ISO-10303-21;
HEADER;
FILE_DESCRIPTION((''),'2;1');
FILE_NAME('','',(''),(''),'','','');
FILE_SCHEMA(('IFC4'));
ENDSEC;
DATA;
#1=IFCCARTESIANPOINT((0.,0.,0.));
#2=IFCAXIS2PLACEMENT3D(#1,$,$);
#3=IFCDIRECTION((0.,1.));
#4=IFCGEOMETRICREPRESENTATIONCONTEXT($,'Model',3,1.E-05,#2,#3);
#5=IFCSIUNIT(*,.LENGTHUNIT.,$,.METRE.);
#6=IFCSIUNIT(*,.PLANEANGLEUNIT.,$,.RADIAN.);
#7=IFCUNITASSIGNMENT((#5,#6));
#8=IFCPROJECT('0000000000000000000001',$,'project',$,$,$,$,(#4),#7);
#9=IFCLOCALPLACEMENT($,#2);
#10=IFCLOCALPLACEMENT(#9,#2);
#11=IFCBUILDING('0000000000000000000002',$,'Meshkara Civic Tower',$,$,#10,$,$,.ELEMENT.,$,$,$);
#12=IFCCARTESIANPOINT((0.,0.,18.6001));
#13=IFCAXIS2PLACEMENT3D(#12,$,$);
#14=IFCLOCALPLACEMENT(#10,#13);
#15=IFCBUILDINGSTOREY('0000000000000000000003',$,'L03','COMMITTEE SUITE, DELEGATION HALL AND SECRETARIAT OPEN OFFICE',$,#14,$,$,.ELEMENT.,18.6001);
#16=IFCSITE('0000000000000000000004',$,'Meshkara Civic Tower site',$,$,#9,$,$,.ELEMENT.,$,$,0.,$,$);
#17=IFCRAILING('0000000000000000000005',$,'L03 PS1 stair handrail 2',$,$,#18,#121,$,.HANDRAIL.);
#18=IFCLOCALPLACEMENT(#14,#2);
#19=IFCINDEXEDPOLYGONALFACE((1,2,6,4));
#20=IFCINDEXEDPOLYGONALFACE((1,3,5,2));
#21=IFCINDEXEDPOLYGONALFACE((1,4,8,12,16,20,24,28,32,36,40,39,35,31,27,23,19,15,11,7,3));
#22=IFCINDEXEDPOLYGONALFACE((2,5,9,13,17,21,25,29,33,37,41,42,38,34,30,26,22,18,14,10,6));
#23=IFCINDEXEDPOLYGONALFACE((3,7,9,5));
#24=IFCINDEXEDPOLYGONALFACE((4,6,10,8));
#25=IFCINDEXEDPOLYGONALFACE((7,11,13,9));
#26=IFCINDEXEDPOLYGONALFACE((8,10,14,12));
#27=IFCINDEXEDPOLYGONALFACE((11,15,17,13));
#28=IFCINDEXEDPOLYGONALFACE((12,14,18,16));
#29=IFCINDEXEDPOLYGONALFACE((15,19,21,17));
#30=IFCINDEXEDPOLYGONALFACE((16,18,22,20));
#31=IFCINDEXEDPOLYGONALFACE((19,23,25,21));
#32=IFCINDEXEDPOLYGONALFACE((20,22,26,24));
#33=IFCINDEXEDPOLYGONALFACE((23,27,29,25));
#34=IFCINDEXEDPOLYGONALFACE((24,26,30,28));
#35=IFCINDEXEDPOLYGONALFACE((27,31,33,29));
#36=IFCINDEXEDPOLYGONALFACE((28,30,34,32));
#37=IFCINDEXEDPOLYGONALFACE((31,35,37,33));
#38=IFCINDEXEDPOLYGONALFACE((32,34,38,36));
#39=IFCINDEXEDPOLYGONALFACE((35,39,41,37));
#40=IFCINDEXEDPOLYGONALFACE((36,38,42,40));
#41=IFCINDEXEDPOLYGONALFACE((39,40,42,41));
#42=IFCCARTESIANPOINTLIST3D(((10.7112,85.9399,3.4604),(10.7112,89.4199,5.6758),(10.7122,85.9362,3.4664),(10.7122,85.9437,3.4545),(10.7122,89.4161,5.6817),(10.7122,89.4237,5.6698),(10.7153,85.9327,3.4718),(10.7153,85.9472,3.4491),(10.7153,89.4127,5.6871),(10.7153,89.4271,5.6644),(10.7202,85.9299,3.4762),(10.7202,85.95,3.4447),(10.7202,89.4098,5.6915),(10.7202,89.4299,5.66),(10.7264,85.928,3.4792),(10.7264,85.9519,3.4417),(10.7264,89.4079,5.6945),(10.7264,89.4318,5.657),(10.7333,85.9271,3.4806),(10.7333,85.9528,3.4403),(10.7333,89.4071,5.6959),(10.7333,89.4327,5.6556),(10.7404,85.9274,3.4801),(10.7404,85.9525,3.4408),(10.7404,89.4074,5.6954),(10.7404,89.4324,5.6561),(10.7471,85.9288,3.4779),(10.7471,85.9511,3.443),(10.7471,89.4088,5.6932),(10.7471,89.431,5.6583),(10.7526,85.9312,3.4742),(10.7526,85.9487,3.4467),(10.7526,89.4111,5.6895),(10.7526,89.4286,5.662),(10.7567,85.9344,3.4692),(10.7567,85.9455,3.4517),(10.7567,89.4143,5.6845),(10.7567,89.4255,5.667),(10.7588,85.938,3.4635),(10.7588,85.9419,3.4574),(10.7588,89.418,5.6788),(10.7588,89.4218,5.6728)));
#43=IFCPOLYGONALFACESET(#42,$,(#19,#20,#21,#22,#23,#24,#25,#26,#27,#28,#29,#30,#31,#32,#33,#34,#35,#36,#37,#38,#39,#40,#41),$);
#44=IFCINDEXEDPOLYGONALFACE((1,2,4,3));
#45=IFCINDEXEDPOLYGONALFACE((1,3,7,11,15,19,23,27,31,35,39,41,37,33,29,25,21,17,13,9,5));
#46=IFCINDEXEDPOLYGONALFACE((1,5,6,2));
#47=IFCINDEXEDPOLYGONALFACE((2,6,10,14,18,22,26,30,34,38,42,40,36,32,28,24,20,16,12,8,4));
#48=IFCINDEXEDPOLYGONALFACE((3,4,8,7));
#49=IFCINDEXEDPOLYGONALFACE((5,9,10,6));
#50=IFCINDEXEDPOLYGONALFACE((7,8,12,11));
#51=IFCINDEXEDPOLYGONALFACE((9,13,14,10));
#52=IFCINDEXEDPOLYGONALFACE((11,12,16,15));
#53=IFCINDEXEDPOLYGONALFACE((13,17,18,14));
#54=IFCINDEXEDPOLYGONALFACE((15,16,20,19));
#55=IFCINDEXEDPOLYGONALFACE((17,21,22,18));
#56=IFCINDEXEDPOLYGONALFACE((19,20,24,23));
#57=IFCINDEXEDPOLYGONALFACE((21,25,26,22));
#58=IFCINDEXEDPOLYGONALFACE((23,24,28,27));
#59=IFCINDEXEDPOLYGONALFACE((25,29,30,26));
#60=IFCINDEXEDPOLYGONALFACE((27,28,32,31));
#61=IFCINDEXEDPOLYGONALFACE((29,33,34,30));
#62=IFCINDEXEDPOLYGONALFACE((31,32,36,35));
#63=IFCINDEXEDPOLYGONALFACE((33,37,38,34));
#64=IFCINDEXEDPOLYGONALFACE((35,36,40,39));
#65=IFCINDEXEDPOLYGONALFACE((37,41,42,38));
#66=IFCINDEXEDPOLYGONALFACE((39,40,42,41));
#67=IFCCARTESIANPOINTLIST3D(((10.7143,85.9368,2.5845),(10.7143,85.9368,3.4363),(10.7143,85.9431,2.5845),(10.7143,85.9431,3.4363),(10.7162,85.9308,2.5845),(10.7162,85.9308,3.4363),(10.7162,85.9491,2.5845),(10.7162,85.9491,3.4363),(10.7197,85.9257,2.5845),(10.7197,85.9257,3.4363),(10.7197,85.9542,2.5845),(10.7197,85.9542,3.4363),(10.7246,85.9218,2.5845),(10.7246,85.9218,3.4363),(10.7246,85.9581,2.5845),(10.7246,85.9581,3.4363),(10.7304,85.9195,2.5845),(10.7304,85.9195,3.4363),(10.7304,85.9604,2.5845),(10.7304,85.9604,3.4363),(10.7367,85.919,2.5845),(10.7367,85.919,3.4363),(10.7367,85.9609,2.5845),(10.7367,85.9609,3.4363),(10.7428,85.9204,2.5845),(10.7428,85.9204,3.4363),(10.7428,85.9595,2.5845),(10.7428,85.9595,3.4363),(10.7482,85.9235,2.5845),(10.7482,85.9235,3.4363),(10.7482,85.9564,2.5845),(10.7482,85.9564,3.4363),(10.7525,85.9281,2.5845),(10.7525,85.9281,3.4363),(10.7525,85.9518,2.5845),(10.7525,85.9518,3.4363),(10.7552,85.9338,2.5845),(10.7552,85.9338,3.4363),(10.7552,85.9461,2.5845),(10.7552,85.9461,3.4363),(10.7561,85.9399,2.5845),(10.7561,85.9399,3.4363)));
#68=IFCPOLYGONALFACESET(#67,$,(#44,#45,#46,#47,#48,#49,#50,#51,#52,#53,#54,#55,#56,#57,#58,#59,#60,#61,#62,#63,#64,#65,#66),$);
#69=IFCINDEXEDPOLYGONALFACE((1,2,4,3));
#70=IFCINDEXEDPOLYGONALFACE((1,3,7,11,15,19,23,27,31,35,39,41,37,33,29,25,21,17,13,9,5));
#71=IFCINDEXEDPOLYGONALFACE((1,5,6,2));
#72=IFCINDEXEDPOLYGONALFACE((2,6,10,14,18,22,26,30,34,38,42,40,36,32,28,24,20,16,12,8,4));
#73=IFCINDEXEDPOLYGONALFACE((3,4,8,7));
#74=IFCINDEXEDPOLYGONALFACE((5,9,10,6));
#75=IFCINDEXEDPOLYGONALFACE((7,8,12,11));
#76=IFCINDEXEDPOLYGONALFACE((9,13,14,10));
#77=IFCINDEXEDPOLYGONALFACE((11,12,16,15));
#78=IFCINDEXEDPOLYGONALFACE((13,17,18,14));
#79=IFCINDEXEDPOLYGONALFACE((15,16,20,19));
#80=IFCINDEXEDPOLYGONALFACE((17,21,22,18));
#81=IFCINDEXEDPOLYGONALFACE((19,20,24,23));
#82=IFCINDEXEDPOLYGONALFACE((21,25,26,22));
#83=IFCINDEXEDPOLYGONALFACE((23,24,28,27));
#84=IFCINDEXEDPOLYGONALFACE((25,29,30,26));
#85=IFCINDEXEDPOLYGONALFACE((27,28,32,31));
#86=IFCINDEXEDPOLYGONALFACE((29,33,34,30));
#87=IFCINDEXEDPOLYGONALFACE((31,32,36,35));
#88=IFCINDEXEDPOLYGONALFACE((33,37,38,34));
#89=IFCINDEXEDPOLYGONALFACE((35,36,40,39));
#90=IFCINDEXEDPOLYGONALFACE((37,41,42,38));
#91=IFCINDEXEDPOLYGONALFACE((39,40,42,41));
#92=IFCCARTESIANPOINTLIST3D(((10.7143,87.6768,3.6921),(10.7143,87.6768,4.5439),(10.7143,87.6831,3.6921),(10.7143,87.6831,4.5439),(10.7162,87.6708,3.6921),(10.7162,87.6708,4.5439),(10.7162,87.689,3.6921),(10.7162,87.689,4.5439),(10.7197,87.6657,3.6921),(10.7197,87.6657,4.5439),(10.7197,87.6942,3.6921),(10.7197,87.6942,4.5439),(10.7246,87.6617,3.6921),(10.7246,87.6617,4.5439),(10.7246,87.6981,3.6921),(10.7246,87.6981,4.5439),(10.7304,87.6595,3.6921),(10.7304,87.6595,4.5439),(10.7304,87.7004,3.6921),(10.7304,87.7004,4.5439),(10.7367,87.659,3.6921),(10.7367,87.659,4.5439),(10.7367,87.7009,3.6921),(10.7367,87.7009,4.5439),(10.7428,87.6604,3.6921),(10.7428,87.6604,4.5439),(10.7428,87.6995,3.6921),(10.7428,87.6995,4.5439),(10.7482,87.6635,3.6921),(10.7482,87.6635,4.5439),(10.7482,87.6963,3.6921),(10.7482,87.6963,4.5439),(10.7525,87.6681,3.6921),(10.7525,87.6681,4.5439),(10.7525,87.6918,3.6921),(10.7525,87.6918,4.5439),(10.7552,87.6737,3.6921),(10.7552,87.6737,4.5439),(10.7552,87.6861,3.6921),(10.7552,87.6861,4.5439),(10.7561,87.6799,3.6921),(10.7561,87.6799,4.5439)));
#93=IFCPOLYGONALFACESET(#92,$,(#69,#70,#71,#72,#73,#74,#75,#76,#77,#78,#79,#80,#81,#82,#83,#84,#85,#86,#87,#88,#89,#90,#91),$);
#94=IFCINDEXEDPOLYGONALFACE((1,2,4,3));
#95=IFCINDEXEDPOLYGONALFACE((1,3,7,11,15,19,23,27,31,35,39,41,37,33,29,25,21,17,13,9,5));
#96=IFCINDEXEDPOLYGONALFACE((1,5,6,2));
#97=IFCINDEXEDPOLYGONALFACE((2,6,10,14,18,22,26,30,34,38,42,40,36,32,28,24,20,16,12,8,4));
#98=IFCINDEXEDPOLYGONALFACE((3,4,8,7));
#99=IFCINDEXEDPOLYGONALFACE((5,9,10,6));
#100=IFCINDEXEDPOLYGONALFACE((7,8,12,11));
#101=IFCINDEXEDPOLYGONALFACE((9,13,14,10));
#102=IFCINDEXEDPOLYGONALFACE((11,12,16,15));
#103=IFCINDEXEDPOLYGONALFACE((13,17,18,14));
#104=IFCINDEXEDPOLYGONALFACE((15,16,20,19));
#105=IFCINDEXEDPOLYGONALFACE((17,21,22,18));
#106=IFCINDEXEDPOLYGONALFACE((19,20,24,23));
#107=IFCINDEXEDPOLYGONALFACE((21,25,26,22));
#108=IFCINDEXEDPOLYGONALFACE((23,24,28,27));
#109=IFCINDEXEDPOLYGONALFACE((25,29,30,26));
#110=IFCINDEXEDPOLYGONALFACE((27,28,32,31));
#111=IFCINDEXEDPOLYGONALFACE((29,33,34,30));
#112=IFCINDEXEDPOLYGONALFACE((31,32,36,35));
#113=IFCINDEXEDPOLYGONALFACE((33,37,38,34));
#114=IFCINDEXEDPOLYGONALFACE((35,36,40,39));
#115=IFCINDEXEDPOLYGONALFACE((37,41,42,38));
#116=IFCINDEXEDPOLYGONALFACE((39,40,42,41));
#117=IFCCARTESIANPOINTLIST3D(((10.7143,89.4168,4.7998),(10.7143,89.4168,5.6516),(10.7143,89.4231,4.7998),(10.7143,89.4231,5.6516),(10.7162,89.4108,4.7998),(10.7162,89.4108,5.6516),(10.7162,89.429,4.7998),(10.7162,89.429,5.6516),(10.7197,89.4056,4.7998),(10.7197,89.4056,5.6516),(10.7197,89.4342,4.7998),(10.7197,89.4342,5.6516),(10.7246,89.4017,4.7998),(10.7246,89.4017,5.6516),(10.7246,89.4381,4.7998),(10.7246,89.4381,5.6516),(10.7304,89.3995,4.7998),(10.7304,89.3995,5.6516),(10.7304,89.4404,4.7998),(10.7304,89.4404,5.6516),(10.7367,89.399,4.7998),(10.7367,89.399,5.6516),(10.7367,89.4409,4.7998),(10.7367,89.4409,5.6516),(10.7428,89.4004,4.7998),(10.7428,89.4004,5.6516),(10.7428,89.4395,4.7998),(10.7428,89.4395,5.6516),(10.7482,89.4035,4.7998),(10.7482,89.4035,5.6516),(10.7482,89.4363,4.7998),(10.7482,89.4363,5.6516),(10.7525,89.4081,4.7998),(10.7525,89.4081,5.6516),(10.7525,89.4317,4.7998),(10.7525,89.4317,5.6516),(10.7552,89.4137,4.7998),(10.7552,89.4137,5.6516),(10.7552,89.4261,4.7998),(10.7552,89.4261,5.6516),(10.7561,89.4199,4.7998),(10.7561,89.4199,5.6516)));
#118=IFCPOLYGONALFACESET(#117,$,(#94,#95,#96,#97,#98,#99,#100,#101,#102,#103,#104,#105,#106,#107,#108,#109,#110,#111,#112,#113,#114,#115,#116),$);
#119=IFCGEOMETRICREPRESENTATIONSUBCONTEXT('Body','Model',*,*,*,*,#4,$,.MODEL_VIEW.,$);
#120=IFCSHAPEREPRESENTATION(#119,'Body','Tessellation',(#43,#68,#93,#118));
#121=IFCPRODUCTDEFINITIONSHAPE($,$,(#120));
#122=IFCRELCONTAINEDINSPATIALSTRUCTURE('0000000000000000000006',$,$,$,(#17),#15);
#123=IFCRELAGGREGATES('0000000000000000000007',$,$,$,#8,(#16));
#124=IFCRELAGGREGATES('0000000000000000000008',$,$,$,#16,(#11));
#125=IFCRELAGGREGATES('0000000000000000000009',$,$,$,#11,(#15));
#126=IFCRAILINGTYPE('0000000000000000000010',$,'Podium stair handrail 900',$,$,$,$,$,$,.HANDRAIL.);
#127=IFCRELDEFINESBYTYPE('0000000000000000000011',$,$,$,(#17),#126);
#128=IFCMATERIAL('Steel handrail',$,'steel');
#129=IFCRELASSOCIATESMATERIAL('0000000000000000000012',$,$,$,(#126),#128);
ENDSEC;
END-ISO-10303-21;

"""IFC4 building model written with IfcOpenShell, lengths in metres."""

from ifc_helpers import new_model, si_unit, direction, frame, origin, origin_2d, place, context, subcontext, project, spatial, circle, extrude, material, type_object, element, save


model = new_model("IFC4")

# Units and contexts
model_context = context("Model", 3, precision=1e-05, world=origin(), true_north=direction((0.0, 1.0)))
body_context = subcontext(model_context, "Body", "Model", "MODEL_VIEW")
ifc_project = project(units=[si_unit("LENGTHUNIT", "METRE"), si_unit("PLANEANGLEUNIT", "RADIAN")], contexts=[model_context])

# Site, building, storey
site_placement = place(None, origin())
site = spatial("IfcSite", under=ifc_project, at=site_placement, Name="Meshkara Civic Tower site", CompositionType="ELEMENT", RefElevation=0.0)
building_placement = place(site_placement, origin())
building = spatial("IfcBuilding", under=site, at=building_placement, Name="Meshkara Civic Tower", CompositionType="ELEMENT")
storey_placement = place(building_placement, frame((0.0, 0.0, 18.6001)))
storey = spatial("IfcBuildingStorey", under=building, at=storey_placement, Name="L03", Description="COMMITTEE SUITE, DELEGATION HALL AND SECRETARIAT OPEN OFFICE", CompositionType="ELEMENT", Elevation=18.6001)

# Railing
ifc_material_1 = material(Name="Steel handrail", Category="steel")
railing_type_1 = type_object("IfcRailingType", Name="Podium stair handrail 900", PredefinedType="HANDRAIL", material=ifc_material_1)
railing_1_placement = place(storey_placement, frame((10.7351, 85.9399, 2.5845)))
element("IfcRailing", 1, at=railing_1_placement, inside=storey, type_object=railing_type_1, Name="L03 PS1 stair handrail 2", PredefinedType="HANDRAIL", context=body_context, shape_type="SweptSolid", body=[
    extrude(circle(Radius=0.0239, at=origin_2d()), frame((0.0, 0.0, 0.876), z_axis=(0.0, 0.843574, 0.537013), x_axis=(-1.0, 0.0, 0.0)), (0.0, 0.0, 1.0), 4.1252),
    extrude(circle(Radius=0.021, at=origin_2d()), origin(), (0.0, 0.0, 1.0), 0.8518),
    extrude(circle(Radius=0.021, at=origin_2d()), frame((0.0, 1.74, 1.1077)), (0.0, 0.0, 1.0), 0.8518),
    extrude(circle(Radius=0.021, at=origin_2d()), frame((0.0, 3.48, 2.2153)), (0.0, 0.0, 1.0), 0.8518),
])

save(model, "model.ifc")
